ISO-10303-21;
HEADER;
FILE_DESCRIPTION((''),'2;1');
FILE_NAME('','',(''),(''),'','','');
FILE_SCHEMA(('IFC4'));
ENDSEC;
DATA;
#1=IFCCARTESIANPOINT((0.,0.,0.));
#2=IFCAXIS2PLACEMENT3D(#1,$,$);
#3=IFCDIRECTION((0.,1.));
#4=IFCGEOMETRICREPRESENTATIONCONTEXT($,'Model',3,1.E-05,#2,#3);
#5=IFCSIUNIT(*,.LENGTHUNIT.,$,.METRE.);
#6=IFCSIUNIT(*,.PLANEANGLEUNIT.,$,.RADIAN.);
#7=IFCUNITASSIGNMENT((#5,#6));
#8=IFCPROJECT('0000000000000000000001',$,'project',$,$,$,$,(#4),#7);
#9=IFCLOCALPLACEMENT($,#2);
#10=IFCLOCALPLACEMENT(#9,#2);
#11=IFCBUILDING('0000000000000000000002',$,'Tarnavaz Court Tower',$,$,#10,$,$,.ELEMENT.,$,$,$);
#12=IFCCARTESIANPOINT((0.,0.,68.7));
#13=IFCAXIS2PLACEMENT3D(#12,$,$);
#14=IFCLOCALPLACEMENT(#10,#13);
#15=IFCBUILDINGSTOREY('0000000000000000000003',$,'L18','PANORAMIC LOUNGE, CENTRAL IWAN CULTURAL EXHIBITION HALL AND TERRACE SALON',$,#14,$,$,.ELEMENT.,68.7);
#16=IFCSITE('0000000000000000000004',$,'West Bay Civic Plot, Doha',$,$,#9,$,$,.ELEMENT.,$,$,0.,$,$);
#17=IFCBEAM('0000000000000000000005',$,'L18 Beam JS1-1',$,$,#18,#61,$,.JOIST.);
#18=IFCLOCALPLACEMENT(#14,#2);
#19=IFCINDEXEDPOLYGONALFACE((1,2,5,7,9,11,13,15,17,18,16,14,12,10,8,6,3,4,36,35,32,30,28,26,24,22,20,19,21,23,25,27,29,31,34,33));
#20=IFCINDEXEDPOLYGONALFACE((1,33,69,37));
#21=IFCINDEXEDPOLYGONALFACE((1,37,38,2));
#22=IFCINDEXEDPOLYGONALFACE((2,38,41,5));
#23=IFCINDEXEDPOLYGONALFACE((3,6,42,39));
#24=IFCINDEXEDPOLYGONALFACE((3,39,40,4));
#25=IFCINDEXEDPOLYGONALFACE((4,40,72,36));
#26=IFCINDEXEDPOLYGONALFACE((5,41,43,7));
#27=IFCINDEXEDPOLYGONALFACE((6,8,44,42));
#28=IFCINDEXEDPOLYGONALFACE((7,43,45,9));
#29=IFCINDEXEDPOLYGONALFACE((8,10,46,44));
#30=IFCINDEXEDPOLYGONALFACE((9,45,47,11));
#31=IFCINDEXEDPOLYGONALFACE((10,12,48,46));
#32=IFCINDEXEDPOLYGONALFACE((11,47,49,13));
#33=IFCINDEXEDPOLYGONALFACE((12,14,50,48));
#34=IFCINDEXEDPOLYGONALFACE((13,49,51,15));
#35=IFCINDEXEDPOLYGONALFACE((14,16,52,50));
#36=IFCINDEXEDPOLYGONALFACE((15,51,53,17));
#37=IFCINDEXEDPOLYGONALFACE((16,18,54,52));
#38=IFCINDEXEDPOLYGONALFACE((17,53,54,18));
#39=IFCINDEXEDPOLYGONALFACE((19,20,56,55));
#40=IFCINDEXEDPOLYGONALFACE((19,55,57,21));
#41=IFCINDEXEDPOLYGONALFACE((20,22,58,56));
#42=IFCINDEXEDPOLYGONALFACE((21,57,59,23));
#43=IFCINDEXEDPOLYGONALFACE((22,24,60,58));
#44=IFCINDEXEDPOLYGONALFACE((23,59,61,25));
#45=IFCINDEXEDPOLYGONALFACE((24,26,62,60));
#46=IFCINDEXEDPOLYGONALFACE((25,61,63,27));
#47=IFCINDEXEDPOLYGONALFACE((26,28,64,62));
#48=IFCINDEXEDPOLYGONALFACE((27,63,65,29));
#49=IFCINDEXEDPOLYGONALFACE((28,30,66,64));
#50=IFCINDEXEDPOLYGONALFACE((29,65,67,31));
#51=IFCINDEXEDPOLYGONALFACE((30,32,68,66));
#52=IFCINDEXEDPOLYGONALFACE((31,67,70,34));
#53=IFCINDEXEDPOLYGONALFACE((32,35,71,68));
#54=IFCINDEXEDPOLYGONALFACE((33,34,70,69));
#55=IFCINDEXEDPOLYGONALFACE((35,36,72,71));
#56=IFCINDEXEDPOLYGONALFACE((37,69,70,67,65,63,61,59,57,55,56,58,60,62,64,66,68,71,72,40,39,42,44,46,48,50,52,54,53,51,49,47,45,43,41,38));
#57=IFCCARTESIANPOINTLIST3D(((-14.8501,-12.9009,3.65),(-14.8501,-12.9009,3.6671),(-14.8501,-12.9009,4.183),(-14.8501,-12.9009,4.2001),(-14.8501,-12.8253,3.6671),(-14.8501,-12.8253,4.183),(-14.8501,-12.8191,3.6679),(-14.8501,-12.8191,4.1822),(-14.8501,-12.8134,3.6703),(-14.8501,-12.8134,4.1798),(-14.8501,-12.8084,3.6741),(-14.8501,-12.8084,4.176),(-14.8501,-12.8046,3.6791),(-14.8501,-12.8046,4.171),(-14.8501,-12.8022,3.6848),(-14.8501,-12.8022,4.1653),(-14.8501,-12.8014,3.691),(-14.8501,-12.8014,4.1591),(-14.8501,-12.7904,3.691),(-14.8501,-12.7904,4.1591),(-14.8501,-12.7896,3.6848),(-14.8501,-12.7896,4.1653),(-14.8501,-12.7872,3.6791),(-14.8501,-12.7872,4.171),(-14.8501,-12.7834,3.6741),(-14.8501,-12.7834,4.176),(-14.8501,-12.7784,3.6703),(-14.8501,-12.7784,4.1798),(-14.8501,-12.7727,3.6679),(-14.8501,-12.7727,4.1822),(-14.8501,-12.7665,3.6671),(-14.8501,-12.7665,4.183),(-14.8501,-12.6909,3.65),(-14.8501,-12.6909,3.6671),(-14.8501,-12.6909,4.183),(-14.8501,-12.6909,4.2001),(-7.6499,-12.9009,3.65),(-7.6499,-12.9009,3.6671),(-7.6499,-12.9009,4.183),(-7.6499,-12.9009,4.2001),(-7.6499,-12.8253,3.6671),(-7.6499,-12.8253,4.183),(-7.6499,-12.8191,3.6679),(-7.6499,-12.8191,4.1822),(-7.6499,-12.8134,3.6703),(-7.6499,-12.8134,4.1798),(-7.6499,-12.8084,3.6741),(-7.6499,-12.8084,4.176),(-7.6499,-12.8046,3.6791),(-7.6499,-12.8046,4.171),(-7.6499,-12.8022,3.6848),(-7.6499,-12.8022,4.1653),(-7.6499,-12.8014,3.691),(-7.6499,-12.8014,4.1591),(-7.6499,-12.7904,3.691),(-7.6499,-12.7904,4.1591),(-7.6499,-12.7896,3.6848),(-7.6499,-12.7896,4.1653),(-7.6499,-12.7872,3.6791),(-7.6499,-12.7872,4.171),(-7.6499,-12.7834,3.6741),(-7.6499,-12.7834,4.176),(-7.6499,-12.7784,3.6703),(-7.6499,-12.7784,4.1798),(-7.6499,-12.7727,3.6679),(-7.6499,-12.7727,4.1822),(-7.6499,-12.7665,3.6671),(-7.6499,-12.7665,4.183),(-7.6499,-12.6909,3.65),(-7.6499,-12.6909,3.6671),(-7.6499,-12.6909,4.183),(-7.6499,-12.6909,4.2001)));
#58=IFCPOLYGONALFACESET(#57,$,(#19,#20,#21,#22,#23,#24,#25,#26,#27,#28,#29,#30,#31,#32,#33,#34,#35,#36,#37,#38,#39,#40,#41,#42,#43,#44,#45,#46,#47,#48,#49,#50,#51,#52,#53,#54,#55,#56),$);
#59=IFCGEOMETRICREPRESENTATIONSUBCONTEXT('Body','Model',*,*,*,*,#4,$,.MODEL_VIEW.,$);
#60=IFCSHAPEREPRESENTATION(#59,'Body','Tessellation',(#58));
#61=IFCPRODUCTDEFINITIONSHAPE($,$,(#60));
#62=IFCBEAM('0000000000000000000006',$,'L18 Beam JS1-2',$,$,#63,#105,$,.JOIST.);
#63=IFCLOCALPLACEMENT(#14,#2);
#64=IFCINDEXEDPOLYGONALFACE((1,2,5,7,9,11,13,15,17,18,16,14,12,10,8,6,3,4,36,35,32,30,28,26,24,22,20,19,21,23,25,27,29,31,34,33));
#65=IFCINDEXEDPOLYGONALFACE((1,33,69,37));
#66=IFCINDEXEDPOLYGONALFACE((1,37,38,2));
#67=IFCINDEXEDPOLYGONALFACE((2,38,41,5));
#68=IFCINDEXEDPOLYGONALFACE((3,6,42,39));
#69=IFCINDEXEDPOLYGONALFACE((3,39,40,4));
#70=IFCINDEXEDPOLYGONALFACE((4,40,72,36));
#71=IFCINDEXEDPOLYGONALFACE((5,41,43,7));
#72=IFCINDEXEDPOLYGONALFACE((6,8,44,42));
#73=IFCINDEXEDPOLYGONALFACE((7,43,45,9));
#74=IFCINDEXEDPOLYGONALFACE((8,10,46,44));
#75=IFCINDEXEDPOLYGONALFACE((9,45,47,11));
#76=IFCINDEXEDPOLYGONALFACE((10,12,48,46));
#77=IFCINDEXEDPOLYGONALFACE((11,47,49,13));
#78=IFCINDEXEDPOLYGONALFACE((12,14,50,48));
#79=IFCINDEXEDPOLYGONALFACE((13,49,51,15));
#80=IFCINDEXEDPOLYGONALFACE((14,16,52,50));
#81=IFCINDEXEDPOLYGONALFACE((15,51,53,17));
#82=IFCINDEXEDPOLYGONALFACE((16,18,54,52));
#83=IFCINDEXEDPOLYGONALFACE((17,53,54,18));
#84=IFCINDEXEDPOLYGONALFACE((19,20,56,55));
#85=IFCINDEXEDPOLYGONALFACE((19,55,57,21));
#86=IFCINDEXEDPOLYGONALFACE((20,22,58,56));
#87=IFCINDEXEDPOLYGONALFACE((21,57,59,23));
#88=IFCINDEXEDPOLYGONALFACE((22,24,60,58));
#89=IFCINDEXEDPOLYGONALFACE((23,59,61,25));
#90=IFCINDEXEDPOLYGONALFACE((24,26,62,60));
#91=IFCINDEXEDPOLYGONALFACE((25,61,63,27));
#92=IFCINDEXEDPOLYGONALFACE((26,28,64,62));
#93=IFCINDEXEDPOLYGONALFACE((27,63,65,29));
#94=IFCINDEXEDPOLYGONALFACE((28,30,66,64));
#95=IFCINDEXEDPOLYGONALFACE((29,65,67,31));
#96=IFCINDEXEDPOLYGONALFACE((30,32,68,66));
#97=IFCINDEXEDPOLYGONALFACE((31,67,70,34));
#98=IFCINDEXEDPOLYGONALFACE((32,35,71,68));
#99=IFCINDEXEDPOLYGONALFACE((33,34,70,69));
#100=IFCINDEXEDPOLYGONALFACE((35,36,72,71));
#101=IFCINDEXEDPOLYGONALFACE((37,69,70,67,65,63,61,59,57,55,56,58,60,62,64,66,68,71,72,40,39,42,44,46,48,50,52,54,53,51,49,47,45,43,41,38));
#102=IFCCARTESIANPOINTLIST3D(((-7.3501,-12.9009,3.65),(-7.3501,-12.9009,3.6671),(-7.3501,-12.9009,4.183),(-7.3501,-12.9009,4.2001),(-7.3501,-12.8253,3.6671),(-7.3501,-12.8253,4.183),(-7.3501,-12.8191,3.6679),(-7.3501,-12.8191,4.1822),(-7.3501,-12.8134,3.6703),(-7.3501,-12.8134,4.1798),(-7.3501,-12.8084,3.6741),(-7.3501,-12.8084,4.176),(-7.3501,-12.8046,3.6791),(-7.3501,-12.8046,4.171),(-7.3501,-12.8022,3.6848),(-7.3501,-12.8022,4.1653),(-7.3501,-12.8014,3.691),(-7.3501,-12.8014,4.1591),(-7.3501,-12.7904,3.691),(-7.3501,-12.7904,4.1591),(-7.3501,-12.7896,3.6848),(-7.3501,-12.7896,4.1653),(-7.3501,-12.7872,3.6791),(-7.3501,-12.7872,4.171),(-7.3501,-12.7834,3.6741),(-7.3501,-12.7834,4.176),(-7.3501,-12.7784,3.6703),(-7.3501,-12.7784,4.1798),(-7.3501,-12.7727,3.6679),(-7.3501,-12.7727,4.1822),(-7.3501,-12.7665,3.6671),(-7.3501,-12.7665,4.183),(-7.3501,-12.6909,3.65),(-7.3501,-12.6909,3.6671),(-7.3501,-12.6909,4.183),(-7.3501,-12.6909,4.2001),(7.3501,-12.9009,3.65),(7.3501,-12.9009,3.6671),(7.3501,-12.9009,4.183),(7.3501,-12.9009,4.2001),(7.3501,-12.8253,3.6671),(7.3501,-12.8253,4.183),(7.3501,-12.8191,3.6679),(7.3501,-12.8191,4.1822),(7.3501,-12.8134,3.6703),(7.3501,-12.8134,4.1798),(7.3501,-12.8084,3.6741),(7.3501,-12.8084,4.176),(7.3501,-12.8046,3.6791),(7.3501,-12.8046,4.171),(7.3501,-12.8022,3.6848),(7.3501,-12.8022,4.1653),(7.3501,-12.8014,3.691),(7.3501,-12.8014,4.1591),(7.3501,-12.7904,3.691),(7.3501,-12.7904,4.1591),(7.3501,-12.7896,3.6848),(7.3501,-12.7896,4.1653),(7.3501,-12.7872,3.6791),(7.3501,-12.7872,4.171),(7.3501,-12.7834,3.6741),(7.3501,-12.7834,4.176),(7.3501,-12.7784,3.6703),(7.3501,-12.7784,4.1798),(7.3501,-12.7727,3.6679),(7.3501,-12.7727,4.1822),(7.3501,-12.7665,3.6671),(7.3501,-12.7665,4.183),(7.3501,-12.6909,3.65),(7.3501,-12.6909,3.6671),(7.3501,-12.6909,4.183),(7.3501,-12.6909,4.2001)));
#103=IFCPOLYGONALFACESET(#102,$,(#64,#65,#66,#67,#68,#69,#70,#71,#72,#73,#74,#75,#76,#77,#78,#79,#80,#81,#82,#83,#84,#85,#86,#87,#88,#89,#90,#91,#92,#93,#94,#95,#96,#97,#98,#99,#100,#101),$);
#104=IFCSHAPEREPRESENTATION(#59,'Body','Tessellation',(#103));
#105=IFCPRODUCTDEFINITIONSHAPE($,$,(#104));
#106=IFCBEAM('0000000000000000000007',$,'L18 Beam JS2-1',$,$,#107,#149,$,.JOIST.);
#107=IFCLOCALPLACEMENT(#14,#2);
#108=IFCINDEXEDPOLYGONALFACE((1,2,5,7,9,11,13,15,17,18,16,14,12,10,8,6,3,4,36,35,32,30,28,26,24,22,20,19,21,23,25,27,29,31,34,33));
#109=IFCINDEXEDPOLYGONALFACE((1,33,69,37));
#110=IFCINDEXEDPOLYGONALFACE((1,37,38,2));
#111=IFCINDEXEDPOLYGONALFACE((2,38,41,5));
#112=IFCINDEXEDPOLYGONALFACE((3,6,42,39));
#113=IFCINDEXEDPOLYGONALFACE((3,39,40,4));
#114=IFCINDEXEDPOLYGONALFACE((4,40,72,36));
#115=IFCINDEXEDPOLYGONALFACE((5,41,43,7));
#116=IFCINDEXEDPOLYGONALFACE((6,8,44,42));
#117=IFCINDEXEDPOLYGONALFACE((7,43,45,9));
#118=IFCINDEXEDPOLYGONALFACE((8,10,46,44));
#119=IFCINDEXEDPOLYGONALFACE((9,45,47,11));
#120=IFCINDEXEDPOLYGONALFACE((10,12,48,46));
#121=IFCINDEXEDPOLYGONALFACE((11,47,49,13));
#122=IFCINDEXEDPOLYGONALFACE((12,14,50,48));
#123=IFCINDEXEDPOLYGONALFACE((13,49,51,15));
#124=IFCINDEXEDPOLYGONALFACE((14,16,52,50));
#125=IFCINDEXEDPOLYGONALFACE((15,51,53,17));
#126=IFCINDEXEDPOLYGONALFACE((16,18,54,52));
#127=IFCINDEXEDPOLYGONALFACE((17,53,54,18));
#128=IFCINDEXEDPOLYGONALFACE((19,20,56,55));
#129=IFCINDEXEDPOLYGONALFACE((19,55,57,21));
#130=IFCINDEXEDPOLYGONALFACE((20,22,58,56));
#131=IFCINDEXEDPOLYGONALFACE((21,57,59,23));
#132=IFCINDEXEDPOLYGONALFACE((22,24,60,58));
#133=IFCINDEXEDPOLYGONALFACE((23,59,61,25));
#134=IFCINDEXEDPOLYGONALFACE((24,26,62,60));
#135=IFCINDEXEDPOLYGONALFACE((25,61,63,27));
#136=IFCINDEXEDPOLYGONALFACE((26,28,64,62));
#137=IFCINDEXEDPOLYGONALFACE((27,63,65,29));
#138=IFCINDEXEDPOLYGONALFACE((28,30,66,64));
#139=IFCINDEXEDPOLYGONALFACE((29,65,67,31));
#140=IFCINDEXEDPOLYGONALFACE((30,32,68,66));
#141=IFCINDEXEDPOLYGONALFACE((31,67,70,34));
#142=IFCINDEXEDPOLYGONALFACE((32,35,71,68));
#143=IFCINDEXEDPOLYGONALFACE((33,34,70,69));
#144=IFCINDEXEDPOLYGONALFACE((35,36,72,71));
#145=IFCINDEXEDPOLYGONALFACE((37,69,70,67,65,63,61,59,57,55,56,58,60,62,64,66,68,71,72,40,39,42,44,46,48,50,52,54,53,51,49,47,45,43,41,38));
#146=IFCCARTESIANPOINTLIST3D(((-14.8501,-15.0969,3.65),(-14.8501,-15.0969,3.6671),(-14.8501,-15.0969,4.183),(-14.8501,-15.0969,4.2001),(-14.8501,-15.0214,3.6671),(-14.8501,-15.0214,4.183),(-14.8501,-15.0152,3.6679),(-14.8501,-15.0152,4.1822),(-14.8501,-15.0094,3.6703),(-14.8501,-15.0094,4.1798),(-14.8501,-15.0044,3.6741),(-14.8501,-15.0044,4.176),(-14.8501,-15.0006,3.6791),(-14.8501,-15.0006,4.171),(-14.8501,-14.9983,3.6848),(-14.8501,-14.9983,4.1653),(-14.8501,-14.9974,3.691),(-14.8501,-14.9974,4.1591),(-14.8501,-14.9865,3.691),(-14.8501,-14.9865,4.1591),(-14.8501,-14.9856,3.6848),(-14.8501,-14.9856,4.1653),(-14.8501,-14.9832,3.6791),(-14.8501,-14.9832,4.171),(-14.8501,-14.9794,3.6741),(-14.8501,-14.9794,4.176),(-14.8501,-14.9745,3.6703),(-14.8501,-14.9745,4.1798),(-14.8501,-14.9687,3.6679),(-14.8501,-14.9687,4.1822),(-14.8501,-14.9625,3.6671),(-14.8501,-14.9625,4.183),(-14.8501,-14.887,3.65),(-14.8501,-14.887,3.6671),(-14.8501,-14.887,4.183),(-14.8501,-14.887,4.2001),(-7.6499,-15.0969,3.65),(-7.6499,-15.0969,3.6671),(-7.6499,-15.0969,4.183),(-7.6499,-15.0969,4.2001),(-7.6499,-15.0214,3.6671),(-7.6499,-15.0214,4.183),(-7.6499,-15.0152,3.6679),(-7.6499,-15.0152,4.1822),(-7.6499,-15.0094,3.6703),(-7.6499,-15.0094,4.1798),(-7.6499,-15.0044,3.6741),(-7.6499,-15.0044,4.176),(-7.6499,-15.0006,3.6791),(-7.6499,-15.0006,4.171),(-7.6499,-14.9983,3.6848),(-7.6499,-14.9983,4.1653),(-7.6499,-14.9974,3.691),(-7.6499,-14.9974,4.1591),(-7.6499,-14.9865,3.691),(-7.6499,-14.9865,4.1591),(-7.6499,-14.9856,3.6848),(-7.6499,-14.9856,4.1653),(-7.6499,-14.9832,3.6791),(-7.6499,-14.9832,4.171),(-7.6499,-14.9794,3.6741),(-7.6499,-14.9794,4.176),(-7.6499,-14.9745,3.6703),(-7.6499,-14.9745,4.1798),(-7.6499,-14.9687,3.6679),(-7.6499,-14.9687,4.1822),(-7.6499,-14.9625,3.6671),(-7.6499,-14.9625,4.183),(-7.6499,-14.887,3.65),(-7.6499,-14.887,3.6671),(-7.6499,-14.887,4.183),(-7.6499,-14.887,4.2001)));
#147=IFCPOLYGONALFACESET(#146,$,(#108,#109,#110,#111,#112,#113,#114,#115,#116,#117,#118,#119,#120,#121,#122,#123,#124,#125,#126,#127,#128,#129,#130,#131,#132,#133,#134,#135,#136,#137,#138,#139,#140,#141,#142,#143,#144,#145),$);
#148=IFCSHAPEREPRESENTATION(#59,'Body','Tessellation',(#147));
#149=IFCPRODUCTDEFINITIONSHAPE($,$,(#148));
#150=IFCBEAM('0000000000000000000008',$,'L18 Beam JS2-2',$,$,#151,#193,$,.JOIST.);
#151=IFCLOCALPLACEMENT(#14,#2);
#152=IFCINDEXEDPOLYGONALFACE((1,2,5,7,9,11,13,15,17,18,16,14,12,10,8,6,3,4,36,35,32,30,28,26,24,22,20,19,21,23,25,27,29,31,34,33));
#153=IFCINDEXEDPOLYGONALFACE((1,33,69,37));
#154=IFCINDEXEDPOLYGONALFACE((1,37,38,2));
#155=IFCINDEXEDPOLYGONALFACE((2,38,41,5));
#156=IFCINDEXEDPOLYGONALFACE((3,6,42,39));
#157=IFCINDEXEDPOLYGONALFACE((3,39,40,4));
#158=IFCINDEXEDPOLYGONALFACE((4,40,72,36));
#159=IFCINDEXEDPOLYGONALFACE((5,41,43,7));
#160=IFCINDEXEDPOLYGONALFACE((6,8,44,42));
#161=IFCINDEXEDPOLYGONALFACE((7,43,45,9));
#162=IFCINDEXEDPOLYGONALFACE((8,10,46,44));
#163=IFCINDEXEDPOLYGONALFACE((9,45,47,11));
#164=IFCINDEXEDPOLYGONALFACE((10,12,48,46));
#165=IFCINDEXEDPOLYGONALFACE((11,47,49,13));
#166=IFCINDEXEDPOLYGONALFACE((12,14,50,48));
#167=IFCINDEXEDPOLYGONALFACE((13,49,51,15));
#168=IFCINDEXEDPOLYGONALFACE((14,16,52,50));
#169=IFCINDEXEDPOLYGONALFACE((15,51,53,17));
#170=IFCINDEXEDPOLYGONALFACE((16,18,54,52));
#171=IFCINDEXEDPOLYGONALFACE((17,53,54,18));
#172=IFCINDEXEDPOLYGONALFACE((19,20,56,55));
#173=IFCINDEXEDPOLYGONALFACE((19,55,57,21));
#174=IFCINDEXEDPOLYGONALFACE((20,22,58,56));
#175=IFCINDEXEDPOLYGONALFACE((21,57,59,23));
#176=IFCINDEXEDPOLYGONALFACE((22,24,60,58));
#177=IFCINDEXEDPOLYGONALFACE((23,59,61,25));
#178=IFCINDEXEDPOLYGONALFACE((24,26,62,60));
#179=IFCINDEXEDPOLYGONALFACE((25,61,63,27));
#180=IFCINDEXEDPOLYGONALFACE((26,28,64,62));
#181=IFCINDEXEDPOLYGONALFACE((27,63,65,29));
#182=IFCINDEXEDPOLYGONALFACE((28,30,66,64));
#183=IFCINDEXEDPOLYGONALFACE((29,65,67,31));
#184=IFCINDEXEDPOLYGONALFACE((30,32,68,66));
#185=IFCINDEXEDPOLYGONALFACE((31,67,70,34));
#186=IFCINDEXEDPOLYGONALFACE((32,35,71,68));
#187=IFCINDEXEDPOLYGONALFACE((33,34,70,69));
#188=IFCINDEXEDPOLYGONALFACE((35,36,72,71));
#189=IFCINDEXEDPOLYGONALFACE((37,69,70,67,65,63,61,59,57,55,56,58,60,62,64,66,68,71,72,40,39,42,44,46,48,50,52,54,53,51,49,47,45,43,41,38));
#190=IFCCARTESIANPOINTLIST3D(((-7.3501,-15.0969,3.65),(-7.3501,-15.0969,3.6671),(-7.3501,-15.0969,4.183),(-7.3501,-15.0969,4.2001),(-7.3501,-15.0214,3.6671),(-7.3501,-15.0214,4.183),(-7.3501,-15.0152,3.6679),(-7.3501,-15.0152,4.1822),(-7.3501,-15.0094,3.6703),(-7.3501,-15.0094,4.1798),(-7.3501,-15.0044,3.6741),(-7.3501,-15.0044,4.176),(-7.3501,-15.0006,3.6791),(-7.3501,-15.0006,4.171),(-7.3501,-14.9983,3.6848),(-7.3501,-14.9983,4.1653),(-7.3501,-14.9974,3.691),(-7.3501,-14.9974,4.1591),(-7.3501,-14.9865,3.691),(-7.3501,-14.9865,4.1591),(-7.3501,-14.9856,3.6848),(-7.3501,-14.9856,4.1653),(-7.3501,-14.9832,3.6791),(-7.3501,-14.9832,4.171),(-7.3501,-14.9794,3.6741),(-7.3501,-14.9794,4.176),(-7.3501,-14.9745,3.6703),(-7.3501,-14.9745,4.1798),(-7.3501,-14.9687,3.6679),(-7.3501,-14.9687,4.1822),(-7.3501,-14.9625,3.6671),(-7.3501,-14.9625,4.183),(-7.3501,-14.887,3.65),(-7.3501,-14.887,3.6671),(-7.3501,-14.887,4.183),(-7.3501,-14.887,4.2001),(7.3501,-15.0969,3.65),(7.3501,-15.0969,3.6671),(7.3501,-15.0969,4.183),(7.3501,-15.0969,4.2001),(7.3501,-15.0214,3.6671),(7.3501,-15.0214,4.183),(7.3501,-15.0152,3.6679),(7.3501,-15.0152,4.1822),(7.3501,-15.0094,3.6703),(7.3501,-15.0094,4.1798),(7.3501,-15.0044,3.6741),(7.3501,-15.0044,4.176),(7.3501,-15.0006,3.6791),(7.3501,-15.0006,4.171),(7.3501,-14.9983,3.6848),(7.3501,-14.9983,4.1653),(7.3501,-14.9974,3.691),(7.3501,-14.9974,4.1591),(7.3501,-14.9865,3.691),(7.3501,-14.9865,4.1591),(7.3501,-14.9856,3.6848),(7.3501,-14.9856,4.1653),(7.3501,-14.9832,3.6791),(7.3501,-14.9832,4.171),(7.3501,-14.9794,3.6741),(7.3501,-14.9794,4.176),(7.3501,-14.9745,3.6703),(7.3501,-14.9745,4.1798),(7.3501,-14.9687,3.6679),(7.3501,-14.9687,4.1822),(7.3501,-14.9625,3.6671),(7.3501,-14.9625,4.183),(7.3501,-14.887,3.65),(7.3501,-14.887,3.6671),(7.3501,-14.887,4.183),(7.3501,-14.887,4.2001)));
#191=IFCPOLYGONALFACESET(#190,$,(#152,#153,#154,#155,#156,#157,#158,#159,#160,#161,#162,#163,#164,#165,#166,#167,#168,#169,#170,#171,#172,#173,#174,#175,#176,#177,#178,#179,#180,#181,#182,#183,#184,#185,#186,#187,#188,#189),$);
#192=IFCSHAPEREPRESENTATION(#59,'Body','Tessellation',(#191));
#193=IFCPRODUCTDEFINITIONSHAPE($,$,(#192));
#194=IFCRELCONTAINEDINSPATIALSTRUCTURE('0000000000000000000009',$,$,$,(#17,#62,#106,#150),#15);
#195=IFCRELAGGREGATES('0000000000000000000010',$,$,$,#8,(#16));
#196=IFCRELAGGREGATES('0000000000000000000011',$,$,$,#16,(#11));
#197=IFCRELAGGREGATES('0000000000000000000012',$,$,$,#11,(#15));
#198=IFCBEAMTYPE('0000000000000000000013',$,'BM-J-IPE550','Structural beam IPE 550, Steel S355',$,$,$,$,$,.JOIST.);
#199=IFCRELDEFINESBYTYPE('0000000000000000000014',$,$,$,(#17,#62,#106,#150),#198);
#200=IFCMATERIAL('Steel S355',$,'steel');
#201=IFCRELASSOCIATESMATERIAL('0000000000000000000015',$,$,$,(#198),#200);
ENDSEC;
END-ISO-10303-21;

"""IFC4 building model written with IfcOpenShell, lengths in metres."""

from ifc_helpers import new_model, si_unit, direction, frame, origin, origin_2d, place, context, subcontext, project, spatial, i_section, extrude, material, material_profile, profile_set, type_object, element, save


model = new_model("IFC4")

# Units and contexts
model_context = context("Model", 3, precision=1e-05, world=origin(), true_north=direction((0.0, 1.0)))
body_context = subcontext(model_context, "Body", "Model", "MODEL_VIEW")
ifc_project = project(units=[si_unit("LENGTHUNIT", "METRE"), si_unit("PLANEANGLEUNIT", "RADIAN")], contexts=[model_context])

# Site, building, storey
site_placement = place(None, origin())
site = spatial("IfcSite", under=ifc_project, at=site_placement, Name="West Bay Civic Plot, Doha", CompositionType="ELEMENT", RefElevation=0.0)
building_placement = place(site_placement, origin())
building = spatial("IfcBuilding", under=site, at=building_placement, Name="Tarnavaz Court Tower", CompositionType="ELEMENT")
storey_placement = place(building_placement, frame((0.0, 0.0, 68.7)))
storey = spatial("IfcBuildingStorey", under=building, at=storey_placement, Name="L18", Description="PANORAMIC LOUNGE, CENTRAL IWAN CULTURAL EXHIBITION HALL AND TERRACE SALON", CompositionType="ELEMENT", Elevation=68.7)

# Beams
ifc_material_1 = material(Name="Steel S355", Category="steel")
ifc_material_profile_1 = material_profile(ifc_material_1, i_section(OverallWidth=0.21, OverallDepth=0.55, WebThickness=0.011, FlangeThickness=0.0171, FilletRadius=0.0239, at=origin_2d()), Name="IPE 550")
ifc_profile_set_1 = profile_set([ifc_material_profile_1], Name="Steel S355")
beam_type_1 = type_object("IfcBeamType", Name="BM-J-IPE550", Description="Structural beam IPE 550, Steel S355", PredefinedType="JOIST", material=ifc_profile_set_1)
beam_1_placement = place(storey_placement, frame((-14.8501, -12.7959, 3.925), z_axis=(1.0, 0.0, 0.0), x_axis=(0.0, 1.0, 0.0)))
element("IfcBeam", 1, at=beam_1_placement, inside=storey, type_object=beam_type_1, Name="L18 Beam JS1-1", PredefinedType="JOIST", context=body_context, shape_type="SweptSolid", body=[
    extrude(i_section(OverallWidth=0.21, OverallDepth=0.55, WebThickness=0.011, FlangeThickness=0.0171, FilletRadius=0.0239, at=origin_2d()), origin(), (0.0, 0.0, 1.0), 7.2002),
])
beam_2_placement = place(storey_placement, frame((-7.3501, -12.7959, 3.925), z_axis=(1.0, 0.0, 0.0), x_axis=(0.0, 1.0, 0.0)))
element("IfcBeam", 2, at=beam_2_placement, inside=storey, type_object=beam_type_1, Name="L18 Beam JS1-2", PredefinedType="JOIST", context=body_context, shape_type="SweptSolid", body=[
    extrude(i_section(OverallWidth=0.21, OverallDepth=0.55, WebThickness=0.011, FlangeThickness=0.0171, FilletRadius=0.0239, at=origin_2d()), origin(), (0.0, 0.0, 1.0), 14.7002),
])
beam_3_placement = place(storey_placement, frame((-14.8501, -14.9919, 3.925), z_axis=(1.0, 0.0, 0.0), x_axis=(0.0, 1.0, 0.0)))
element("IfcBeam", 3, at=beam_3_placement, inside=storey, type_object=beam_type_1, Name="L18 Beam JS2-1", PredefinedType="JOIST", context=body_context, shape_type="SweptSolid", body=[
    extrude(i_section(OverallWidth=0.21, OverallDepth=0.55, WebThickness=0.011, FlangeThickness=0.0171, FilletRadius=0.0239, at=origin_2d()), origin(), (0.0, 0.0, 1.0), 7.2002),
])
beam_4_placement = place(storey_placement, frame((-7.3501, -14.9919, 3.925), z_axis=(1.0, 0.0, 0.0), x_axis=(0.0, 1.0, 0.0)))
element("IfcBeam", 4, at=beam_4_placement, inside=storey, type_object=beam_type_1, Name="L18 Beam JS2-2", PredefinedType="JOIST", context=body_context, shape_type="SweptSolid", body=[
    extrude(i_section(OverallWidth=0.21, OverallDepth=0.55, WebThickness=0.011, FlangeThickness=0.0171, FilletRadius=0.0239, at=origin_2d()), origin(), (0.0, 0.0, 1.0), 14.7002),
])

save(model, "model.ifc")
